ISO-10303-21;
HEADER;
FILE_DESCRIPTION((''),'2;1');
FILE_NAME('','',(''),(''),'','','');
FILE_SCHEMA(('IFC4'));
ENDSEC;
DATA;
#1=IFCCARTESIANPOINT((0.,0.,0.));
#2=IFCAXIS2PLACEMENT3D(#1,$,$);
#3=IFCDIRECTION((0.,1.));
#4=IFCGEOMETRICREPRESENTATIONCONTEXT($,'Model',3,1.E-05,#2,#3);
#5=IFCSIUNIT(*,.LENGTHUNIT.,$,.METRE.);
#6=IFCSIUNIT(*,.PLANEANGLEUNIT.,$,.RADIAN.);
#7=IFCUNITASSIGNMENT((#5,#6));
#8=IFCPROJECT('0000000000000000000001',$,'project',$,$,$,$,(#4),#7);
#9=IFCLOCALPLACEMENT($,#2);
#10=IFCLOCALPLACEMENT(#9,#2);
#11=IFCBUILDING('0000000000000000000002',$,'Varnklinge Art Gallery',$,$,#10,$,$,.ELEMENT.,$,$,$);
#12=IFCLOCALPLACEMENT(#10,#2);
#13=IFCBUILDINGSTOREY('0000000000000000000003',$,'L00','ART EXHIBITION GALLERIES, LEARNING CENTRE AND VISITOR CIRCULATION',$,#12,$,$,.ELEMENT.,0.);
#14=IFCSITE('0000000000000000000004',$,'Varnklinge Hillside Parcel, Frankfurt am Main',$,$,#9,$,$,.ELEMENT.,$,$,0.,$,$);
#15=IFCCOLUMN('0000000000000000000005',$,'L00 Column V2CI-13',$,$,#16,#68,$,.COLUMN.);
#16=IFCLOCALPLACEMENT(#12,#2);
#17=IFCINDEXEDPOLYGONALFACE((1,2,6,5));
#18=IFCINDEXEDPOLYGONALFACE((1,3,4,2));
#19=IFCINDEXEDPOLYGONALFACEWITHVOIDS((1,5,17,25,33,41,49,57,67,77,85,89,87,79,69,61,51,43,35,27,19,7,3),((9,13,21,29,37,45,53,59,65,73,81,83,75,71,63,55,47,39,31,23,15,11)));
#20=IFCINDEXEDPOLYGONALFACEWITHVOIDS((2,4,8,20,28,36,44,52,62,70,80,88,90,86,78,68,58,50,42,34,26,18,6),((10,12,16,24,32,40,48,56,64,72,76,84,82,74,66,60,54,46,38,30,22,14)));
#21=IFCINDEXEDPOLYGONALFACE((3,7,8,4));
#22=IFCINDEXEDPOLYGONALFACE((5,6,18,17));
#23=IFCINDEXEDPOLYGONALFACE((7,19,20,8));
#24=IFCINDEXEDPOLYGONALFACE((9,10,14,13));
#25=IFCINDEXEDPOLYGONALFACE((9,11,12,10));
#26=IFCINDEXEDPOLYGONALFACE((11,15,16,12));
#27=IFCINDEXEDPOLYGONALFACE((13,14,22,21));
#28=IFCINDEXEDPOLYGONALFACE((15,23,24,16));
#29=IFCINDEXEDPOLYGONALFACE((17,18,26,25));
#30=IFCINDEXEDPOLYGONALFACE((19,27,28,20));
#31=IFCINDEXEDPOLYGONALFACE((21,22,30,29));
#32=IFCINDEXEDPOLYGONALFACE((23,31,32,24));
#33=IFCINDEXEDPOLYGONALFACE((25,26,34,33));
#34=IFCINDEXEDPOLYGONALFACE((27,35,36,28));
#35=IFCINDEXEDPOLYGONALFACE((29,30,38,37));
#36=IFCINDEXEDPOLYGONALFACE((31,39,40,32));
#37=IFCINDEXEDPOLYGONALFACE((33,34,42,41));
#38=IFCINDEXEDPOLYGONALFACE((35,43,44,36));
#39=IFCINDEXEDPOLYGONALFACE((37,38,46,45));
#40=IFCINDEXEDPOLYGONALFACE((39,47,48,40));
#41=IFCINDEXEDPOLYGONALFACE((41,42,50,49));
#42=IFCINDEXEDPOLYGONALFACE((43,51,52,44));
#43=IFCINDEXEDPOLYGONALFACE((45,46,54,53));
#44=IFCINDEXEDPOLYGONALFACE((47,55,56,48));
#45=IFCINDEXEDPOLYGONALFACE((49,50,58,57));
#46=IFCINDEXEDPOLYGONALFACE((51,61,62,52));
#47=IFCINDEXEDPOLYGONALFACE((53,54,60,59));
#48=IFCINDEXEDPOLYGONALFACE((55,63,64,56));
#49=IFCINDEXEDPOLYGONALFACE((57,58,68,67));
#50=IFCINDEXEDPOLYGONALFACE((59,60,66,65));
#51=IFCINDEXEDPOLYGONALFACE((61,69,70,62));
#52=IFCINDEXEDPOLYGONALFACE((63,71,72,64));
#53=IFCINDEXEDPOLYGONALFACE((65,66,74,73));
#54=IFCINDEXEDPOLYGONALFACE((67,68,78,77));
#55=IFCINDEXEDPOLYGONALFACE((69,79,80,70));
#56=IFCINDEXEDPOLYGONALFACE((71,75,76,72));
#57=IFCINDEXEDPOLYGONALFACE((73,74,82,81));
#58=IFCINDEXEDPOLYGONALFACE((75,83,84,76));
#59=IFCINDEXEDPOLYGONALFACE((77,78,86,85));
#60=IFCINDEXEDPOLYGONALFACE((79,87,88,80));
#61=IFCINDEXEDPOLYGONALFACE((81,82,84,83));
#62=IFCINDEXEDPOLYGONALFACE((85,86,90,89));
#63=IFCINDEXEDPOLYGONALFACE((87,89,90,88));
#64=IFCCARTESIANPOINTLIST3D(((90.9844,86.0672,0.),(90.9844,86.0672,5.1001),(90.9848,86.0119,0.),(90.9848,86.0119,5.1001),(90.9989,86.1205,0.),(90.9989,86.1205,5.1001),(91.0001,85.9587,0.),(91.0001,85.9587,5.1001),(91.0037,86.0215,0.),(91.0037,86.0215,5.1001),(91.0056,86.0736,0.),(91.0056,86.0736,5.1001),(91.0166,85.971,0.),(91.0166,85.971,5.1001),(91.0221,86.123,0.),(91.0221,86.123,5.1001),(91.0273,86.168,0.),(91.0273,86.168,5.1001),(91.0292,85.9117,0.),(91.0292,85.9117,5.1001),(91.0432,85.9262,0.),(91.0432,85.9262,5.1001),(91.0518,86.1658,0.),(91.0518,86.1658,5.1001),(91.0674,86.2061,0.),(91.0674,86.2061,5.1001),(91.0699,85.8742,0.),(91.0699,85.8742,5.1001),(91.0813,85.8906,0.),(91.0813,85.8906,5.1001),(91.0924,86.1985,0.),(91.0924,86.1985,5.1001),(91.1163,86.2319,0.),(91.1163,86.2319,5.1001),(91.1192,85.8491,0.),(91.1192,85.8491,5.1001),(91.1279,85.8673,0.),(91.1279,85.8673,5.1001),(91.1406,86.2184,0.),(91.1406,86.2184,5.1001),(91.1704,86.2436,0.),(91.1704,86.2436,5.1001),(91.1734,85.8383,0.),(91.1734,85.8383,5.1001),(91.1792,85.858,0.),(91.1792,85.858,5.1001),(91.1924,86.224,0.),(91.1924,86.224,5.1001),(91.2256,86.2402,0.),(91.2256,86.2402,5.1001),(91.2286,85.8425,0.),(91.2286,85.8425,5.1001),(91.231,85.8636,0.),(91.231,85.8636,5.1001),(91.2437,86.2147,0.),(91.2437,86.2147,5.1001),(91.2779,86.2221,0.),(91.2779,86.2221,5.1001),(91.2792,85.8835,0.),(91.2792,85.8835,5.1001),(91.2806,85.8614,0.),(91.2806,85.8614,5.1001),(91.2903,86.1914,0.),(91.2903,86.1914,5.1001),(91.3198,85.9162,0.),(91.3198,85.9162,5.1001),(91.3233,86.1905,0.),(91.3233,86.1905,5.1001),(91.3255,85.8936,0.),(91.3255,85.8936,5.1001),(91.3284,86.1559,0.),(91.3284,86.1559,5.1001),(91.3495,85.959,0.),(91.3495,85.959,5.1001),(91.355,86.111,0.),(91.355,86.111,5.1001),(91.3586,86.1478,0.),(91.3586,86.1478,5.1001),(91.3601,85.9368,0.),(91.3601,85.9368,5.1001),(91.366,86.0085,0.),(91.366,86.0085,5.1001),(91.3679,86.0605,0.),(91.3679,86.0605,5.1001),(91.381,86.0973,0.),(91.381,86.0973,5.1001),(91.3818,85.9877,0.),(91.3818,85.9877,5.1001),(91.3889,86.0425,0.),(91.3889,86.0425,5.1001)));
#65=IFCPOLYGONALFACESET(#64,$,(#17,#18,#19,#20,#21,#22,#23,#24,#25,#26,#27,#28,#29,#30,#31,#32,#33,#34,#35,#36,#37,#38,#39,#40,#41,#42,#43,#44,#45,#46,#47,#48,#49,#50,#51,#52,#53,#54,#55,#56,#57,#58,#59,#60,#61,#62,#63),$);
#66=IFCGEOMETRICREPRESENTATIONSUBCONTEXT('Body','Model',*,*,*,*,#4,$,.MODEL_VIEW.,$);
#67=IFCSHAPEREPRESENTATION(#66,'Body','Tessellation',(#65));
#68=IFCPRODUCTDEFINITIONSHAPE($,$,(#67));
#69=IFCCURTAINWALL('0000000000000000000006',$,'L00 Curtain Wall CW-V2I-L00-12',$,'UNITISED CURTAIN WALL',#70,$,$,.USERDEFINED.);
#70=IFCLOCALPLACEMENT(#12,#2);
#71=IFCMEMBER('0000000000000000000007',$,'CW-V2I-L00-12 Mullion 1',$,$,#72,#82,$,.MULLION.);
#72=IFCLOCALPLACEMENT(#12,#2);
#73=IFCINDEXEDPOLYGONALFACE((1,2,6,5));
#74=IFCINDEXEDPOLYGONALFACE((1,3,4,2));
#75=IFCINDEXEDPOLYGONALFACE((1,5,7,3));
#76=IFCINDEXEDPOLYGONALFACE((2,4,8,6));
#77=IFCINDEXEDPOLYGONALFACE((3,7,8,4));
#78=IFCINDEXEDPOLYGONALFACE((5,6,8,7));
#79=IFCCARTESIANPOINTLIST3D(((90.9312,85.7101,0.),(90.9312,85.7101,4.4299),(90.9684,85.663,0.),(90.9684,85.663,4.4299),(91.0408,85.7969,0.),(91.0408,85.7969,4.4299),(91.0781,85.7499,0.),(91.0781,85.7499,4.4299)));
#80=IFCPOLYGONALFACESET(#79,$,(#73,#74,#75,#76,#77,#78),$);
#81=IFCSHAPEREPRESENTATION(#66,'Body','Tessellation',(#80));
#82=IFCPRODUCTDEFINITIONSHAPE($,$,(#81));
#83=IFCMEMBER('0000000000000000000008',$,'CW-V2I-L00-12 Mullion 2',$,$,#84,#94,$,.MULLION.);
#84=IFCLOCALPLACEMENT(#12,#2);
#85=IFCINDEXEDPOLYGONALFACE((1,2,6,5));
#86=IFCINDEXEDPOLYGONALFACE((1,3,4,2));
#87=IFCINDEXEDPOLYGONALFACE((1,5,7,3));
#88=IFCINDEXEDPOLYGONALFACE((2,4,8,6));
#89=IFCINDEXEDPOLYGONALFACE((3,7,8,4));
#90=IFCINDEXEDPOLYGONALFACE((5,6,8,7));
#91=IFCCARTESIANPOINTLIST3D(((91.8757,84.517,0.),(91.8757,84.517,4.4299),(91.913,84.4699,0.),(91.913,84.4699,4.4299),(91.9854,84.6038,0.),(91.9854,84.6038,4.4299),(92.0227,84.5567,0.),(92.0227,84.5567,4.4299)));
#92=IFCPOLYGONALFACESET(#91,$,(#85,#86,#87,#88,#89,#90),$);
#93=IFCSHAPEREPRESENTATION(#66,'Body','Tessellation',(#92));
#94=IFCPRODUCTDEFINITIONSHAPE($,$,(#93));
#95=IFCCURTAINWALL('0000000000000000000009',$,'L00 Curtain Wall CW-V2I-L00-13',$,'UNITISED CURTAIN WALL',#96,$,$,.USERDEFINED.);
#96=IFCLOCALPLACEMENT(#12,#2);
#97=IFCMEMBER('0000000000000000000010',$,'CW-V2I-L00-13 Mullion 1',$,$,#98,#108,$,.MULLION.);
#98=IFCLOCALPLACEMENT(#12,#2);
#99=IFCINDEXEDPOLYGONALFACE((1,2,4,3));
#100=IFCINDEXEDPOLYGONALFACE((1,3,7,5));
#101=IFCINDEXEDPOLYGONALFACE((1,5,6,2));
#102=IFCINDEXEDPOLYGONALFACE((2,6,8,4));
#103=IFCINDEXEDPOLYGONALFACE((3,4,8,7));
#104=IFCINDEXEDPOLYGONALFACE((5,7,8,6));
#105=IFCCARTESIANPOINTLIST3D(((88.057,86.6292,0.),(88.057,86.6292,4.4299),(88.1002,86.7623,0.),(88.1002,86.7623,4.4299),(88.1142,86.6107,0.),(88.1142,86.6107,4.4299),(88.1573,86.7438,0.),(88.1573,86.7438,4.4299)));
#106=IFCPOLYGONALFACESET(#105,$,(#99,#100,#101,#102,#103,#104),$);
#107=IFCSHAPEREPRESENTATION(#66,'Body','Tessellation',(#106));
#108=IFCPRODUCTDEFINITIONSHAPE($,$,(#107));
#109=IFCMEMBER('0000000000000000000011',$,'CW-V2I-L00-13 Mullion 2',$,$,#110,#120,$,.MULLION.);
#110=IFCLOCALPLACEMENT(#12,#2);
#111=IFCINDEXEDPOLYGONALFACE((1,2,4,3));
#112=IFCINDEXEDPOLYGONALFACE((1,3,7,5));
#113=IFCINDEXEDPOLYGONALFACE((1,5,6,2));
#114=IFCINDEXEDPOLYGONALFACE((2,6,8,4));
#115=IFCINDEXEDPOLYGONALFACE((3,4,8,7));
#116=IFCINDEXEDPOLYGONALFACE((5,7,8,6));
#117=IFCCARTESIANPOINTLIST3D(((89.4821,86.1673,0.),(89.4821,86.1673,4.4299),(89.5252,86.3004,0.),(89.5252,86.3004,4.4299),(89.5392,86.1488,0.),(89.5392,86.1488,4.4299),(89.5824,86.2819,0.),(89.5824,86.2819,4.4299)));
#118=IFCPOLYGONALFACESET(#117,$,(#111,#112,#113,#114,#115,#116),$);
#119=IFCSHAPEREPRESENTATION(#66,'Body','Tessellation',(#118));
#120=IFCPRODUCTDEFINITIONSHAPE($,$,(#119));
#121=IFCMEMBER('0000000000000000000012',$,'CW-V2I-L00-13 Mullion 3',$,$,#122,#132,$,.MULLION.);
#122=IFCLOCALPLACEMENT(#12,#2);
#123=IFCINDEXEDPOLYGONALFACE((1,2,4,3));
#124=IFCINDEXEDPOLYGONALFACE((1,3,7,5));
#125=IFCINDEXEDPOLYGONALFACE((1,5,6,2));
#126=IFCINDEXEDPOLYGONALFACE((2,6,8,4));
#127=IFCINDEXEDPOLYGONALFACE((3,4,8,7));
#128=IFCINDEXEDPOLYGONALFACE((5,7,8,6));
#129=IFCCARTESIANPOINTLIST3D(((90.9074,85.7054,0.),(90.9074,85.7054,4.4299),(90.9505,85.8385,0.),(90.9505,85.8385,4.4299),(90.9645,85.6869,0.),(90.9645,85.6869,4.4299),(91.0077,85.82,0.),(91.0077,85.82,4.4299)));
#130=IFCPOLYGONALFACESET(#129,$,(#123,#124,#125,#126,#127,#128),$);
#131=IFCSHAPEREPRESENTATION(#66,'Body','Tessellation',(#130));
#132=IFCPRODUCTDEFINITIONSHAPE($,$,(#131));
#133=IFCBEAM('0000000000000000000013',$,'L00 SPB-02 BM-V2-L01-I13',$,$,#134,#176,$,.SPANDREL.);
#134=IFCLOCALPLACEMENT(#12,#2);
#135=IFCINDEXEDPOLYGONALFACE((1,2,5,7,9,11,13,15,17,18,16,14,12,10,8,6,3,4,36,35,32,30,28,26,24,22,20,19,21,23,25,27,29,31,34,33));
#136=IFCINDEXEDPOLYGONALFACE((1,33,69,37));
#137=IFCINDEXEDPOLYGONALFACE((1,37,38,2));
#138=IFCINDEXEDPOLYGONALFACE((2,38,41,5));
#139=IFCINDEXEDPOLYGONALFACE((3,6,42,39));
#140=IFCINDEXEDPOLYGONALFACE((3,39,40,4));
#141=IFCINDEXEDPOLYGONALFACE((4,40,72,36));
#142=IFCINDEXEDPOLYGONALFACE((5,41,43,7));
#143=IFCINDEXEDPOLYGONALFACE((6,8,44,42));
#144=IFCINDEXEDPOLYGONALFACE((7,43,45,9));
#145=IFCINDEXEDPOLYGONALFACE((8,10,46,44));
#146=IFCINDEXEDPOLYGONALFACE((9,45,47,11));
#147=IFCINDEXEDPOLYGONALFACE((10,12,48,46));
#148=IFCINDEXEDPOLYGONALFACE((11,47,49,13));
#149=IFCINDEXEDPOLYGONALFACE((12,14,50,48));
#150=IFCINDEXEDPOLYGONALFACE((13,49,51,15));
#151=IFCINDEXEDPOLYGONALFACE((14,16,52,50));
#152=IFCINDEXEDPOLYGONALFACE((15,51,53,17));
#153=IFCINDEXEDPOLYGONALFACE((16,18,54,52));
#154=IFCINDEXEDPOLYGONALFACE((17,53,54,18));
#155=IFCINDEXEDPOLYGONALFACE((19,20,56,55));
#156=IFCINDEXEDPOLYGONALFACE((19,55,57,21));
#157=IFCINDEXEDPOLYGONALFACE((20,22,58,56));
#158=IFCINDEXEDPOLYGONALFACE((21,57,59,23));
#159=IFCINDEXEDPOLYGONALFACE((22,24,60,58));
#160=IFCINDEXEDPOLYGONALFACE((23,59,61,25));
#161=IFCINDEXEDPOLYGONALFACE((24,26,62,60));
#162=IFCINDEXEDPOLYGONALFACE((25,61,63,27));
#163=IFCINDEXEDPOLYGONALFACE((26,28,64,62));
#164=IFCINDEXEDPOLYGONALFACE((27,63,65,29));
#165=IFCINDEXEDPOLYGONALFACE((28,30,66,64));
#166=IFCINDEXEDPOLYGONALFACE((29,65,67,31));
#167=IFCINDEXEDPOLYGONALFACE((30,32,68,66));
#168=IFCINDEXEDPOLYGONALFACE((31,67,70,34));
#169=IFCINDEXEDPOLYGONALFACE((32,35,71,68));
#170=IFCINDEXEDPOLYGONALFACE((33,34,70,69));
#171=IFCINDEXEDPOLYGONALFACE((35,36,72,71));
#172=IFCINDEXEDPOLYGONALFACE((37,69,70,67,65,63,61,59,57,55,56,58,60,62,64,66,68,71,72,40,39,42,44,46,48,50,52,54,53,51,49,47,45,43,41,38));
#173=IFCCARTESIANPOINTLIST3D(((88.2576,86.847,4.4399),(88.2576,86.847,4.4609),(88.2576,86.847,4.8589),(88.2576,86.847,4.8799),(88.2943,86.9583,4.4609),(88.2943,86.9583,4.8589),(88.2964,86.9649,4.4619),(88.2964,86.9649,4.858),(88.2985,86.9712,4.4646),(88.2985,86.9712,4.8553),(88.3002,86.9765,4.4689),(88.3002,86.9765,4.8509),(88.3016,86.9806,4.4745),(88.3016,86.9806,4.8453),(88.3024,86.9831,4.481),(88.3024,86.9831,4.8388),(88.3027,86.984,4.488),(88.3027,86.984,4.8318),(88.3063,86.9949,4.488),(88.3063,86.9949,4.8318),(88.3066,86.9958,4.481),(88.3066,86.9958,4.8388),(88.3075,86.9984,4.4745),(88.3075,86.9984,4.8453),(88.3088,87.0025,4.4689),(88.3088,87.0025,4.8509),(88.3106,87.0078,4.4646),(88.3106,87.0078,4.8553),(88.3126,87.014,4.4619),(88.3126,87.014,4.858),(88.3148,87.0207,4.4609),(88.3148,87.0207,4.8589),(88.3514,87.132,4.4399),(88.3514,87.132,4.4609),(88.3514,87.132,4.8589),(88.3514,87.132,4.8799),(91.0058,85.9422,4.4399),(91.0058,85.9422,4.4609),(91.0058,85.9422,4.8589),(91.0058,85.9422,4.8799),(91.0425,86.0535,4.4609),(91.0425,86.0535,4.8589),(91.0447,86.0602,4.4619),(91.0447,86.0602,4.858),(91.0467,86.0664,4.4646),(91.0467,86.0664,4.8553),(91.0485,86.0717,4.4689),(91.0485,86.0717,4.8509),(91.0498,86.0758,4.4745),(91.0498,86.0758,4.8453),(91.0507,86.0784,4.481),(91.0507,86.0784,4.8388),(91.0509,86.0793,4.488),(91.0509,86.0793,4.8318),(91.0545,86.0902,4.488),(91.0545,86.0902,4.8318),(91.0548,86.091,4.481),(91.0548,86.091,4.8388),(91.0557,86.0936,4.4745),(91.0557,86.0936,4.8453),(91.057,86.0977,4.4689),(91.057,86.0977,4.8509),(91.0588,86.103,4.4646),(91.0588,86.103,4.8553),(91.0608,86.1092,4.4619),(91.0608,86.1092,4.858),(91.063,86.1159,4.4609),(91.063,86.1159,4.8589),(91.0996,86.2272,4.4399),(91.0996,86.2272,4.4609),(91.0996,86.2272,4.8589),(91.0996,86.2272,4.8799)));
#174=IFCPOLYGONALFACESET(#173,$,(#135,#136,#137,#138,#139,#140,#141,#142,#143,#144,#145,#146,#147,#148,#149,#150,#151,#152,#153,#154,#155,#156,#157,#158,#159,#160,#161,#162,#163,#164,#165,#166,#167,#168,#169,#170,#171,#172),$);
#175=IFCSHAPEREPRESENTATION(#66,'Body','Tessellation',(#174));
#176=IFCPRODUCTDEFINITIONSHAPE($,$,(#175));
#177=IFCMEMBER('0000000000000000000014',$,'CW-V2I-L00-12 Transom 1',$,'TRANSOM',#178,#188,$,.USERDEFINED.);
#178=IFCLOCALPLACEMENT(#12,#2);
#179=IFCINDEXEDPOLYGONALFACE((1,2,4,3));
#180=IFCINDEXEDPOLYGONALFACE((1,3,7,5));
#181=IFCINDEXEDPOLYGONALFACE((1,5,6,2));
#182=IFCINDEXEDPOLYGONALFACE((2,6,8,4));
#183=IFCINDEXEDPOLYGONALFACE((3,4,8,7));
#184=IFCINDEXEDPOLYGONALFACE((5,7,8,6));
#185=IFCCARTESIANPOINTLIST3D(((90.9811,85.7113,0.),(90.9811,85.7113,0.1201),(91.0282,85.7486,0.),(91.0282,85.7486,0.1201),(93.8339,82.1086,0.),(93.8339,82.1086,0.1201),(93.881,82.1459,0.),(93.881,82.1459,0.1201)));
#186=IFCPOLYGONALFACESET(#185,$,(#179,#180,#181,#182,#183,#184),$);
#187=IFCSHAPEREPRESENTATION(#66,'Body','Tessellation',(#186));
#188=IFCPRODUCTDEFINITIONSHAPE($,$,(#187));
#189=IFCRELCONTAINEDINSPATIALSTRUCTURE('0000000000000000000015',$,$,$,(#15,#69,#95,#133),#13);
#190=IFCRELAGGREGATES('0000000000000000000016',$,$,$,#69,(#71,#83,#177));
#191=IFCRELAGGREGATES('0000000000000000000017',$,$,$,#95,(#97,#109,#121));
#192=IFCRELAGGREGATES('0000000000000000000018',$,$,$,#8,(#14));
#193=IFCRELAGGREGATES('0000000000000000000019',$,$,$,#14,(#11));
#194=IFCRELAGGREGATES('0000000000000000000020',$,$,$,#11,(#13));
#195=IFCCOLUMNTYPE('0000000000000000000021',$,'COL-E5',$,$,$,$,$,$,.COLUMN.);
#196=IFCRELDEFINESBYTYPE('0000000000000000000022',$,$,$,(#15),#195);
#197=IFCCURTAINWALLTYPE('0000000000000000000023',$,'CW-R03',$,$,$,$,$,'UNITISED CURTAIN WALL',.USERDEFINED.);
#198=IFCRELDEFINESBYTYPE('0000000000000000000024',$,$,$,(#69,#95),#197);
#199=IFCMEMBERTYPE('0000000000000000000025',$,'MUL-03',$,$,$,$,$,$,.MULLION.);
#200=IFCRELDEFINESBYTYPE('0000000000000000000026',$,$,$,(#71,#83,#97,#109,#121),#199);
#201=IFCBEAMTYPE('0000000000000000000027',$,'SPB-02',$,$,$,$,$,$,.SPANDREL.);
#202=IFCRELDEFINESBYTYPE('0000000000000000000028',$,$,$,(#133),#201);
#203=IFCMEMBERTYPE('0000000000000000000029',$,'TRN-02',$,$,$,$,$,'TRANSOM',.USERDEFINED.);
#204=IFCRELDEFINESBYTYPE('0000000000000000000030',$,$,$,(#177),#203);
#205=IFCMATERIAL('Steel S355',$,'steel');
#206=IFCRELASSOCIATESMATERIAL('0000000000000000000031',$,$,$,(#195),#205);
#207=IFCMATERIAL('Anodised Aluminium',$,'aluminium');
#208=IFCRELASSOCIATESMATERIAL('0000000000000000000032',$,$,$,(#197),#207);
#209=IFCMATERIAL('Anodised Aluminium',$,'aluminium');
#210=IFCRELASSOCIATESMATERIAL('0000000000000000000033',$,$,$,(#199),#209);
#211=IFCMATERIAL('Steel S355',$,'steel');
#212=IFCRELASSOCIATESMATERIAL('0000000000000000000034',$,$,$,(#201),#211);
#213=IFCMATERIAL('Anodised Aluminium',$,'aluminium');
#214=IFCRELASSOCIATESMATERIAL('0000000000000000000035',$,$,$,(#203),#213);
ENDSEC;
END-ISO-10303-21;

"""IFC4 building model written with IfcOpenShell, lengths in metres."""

from ifc_helpers import new_model, si_unit, direction, frame, origin, origin_2d, place, context, subcontext, project, spatial, rectangle, hollow_circle, i_section, extrude, material, material_profile, profile_set, type_object, element, aggregate, save


model = new_model("IFC4")

# Units and contexts
model_context = context("Model", 3, precision=1e-05, world=origin(), true_north=direction((0.0, 1.0)))
body_context = subcontext(model_context, "Body", "Model", "MODEL_VIEW")
ifc_project = project(units=[si_unit("LENGTHUNIT", "METRE"), si_unit("PLANEANGLEUNIT", "RADIAN")], contexts=[model_context])

# Site, building, storey
site_placement = place(None, origin())
site = spatial("IfcSite", under=ifc_project, at=site_placement, Name="Varnklinge Hillside Parcel, Frankfurt am Main", CompositionType="ELEMENT", RefElevation=0.0)
building_placement = place(site_placement, origin())
building = spatial("IfcBuilding", under=site, at=building_placement, Name="Varnklinge Art Gallery", CompositionType="ELEMENT")
storey_placement = place(building_placement, origin())
storey = spatial("IfcBuildingStorey", under=building, at=storey_placement, Name="L00", Description="ART EXHIBITION GALLERIES, LEARNING CENTRE AND VISITOR CIRCULATION", CompositionType="ELEMENT", Elevation=0.0)

# Column
ifc_material_1 = material(Name="Steel S355", Category="steel")
ifc_material_profile_1 = material_profile(ifc_material_1, hollow_circle(Radius=0.2031, WallThickness=0.02, at=origin_2d()), Name="CHS 406.4x20")
ifc_profile_set_1 = profile_set([ifc_material_profile_1], Name="Steel S355")
column_type = type_object("IfcColumnType", Name="COL-E5", PredefinedType="COLUMN", material=ifc_profile_set_1)
column_placement = place(storey_placement, frame((91.1858, 86.041, 0.0), z_axis=(0.0, 0.0, 1.0), x_axis=(-0.57057, -0.821249, 0.0)))
element("IfcColumn", 1, at=column_placement, inside=storey, type_object=column_type, Name="L00 Column V2CI-13", PredefinedType="COLUMN", context=body_context, shape_type="SweptSolid", body=[
    extrude(hollow_circle(Radius=0.2031, WallThickness=0.02, at=origin_2d()), origin(), (0.0, 0.0, 1.0), 5.1001),
])

# Curtain walls, members
ifc_material_2 = material(Name="Anodised Aluminium", Category="aluminium")
curtain_wall_type = type_object("IfcCurtainWallType", Name="CW-R03", ElementType="UNITISED CURTAIN WALL", PredefinedType="USERDEFINED", material=ifc_material_2)
curtain_wall_1_placement = place(storey_placement, origin())
curtain_wall_1 = element("IfcCurtainWall", 2, at=curtain_wall_1_placement, inside=storey, type_object=curtain_wall_type, Name="L00 Curtain Wall CW-V2I-L00-12", ObjectType="UNITISED CURTAIN WALL", PredefinedType="USERDEFINED")
ifc_material_3 = material(Name="Anodised Aluminium", Category="aluminium")
ifc_material_profile_2 = material_profile(ifc_material_3, rectangle(XDim=0.0601, YDim=0.1399, at=origin_2d()), Name="ALU 60x140")
ifc_profile_set_2 = profile_set([ifc_material_profile_2], Name="Anodised Aluminium")
member_type_1 = type_object("IfcMemberType", Name="MUL-03", PredefinedType="MULLION", material=ifc_profile_set_2)
member_1_placement = place(storey_placement, frame((91.0046, 85.73, 0.0), z_axis=(0.0, 0.0, 1.0), x_axis=(0.620737, -0.784019, 0.0)))
member_1 = element("IfcMember", 3, at=member_1_placement, type_object=member_type_1, Name="CW-V2I-L00-12 Mullion 1", PredefinedType="MULLION", context=body_context, shape_type="SweptSolid", body=[
    extrude(rectangle(XDim=0.0601, YDim=0.1399, at=origin_2d()), origin(), (0.0, 0.0, 1.0), 4.4299),
])
member_2_placement = place(storey_placement, frame((91.9492, 84.5369, 0.0), z_axis=(0.0, 0.0, 1.0), x_axis=(0.620737, -0.784019, 0.0)))
member_2 = element("IfcMember", 4, at=member_2_placement, type_object=member_type_1, Name="CW-V2I-L00-12 Mullion 2", PredefinedType="MULLION", context=body_context, shape_type="SweptSolid", body=[
    extrude(rectangle(XDim=0.0601, YDim=0.1399, at=origin_2d()), origin(), (0.0, 0.0, 1.0), 4.4299),
])
curtain_wall_2_placement = place(storey_placement, origin())
curtain_wall_2 = element("IfcCurtainWall", 5, at=curtain_wall_2_placement, inside=storey, type_object=curtain_wall_type, Name="L00 Curtain Wall CW-V2I-L00-13", ObjectType="UNITISED CURTAIN WALL", PredefinedType="USERDEFINED")
member_3_placement = place(storey_placement, frame((88.1072, 86.6865, 0.0), z_axis=(0.0, 0.0, 1.0), x_axis=(0.951272, -0.308353, 0.0)))
member_3 = element("IfcMember", 6, at=member_3_placement, type_object=member_type_1, Name="CW-V2I-L00-13 Mullion 1", PredefinedType="MULLION", context=body_context, shape_type="SweptSolid", body=[
    extrude(rectangle(XDim=0.0601, YDim=0.1399, at=origin_2d()), origin(), (0.0, 0.0, 1.0), 4.4299),
])
member_4_placement = place(storey_placement, frame((89.5322, 86.2246, 0.0), z_axis=(0.0, 0.0, 1.0), x_axis=(0.951272, -0.308353, 0.0)))
member_4 = element("IfcMember", 7, at=member_4_placement, type_object=member_type_1, Name="CW-V2I-L00-13 Mullion 2", PredefinedType="MULLION", context=body_context, shape_type="SweptSolid", body=[
    extrude(rectangle(XDim=0.0601, YDim=0.1399, at=origin_2d()), origin(), (0.0, 0.0, 1.0), 4.4299),
])
member_5_placement = place(storey_placement, frame((90.9575, 85.7627, 0.0), z_axis=(0.0, 0.0, 1.0), x_axis=(0.951272, -0.308353, 0.0)))
member_5 = element("IfcMember", 8, at=member_5_placement, type_object=member_type_1, Name="CW-V2I-L00-13 Mullion 3", PredefinedType="MULLION", context=body_context, shape_type="SweptSolid", body=[
    extrude(rectangle(XDim=0.0601, YDim=0.1399, at=origin_2d()), origin(), (0.0, 0.0, 1.0), 4.4299),
])

# Beam
ifc_material_4 = material(Name="Steel S355", Category="steel")
ifc_material_profile_3 = material_profile(ifc_material_4, i_section(OverallWidth=0.3, OverallDepth=0.4399, WebThickness=0.0115, FlangeThickness=0.021, FilletRadius=0.0271, at=origin_2d()), Name="HEA 450")
ifc_profile_set_3 = profile_set([ifc_material_profile_3], Name="Steel S355")
beam_type = type_object("IfcBeamType", Name="SPB-02", PredefinedType="SPANDREL", material=ifc_profile_set_3)
beam_placement = place(storey_placement, frame((91.0527, 86.0847, 4.6599), z_axis=(-0.94985, 0.312707, 0.0), x_axis=(-0.312707, -0.94985, 0.0)))
element("IfcBeam", 9, at=beam_placement, inside=storey, type_object=beam_type, Name="L00 SPB-02 BM-V2-L01-I13", PredefinedType="SPANDREL", context=body_context, shape_type="SweptSolid", body=[
    extrude(i_section(OverallWidth=0.3, OverallDepth=0.4399, WebThickness=0.0115, FlangeThickness=0.021, FilletRadius=0.0271, at=origin_2d()), origin(), (0.0, 0.0, 1.0), 2.8933),
])

# Member
ifc_material_5 = material(Name="Anodised Aluminium", Category="aluminium")
ifc_material_profile_4 = material_profile(ifc_material_5, rectangle(XDim=0.0601, YDim=0.1201, at=origin_2d()), Name="ALU 60x120")
ifc_profile_set_4 = profile_set([ifc_material_profile_4], Name="Anodised Aluminium")
member_type_2 = type_object("IfcMemberType", Name="TRN-02", ElementType="TRANSOM", PredefinedType="USERDEFINED", material=ifc_profile_set_4)
member_6_placement = place(storey_placement, frame((91.0046, 85.73, 0.0601), z_axis=(0.620781, -0.783984, 0.0), x_axis=(0.783984, 0.620781, 0.0)))
member_6 = element("IfcMember", 10, at=member_6_placement, type_object=member_type_2, Name="CW-V2I-L00-12 Transom 1", ObjectType="TRANSOM", PredefinedType="USERDEFINED", context=body_context, shape_type="SweptSolid", body=[
    extrude(rectangle(XDim=0.0601, YDim=0.1201, at=origin_2d()), origin(), (0.0, 0.0, 1.0), 4.5955),
])

aggregate(curtain_wall_1, [member_1, member_2, member_6])
aggregate(curtain_wall_2, [member_3, member_4, member_5])

save(model, "model.ifc")
